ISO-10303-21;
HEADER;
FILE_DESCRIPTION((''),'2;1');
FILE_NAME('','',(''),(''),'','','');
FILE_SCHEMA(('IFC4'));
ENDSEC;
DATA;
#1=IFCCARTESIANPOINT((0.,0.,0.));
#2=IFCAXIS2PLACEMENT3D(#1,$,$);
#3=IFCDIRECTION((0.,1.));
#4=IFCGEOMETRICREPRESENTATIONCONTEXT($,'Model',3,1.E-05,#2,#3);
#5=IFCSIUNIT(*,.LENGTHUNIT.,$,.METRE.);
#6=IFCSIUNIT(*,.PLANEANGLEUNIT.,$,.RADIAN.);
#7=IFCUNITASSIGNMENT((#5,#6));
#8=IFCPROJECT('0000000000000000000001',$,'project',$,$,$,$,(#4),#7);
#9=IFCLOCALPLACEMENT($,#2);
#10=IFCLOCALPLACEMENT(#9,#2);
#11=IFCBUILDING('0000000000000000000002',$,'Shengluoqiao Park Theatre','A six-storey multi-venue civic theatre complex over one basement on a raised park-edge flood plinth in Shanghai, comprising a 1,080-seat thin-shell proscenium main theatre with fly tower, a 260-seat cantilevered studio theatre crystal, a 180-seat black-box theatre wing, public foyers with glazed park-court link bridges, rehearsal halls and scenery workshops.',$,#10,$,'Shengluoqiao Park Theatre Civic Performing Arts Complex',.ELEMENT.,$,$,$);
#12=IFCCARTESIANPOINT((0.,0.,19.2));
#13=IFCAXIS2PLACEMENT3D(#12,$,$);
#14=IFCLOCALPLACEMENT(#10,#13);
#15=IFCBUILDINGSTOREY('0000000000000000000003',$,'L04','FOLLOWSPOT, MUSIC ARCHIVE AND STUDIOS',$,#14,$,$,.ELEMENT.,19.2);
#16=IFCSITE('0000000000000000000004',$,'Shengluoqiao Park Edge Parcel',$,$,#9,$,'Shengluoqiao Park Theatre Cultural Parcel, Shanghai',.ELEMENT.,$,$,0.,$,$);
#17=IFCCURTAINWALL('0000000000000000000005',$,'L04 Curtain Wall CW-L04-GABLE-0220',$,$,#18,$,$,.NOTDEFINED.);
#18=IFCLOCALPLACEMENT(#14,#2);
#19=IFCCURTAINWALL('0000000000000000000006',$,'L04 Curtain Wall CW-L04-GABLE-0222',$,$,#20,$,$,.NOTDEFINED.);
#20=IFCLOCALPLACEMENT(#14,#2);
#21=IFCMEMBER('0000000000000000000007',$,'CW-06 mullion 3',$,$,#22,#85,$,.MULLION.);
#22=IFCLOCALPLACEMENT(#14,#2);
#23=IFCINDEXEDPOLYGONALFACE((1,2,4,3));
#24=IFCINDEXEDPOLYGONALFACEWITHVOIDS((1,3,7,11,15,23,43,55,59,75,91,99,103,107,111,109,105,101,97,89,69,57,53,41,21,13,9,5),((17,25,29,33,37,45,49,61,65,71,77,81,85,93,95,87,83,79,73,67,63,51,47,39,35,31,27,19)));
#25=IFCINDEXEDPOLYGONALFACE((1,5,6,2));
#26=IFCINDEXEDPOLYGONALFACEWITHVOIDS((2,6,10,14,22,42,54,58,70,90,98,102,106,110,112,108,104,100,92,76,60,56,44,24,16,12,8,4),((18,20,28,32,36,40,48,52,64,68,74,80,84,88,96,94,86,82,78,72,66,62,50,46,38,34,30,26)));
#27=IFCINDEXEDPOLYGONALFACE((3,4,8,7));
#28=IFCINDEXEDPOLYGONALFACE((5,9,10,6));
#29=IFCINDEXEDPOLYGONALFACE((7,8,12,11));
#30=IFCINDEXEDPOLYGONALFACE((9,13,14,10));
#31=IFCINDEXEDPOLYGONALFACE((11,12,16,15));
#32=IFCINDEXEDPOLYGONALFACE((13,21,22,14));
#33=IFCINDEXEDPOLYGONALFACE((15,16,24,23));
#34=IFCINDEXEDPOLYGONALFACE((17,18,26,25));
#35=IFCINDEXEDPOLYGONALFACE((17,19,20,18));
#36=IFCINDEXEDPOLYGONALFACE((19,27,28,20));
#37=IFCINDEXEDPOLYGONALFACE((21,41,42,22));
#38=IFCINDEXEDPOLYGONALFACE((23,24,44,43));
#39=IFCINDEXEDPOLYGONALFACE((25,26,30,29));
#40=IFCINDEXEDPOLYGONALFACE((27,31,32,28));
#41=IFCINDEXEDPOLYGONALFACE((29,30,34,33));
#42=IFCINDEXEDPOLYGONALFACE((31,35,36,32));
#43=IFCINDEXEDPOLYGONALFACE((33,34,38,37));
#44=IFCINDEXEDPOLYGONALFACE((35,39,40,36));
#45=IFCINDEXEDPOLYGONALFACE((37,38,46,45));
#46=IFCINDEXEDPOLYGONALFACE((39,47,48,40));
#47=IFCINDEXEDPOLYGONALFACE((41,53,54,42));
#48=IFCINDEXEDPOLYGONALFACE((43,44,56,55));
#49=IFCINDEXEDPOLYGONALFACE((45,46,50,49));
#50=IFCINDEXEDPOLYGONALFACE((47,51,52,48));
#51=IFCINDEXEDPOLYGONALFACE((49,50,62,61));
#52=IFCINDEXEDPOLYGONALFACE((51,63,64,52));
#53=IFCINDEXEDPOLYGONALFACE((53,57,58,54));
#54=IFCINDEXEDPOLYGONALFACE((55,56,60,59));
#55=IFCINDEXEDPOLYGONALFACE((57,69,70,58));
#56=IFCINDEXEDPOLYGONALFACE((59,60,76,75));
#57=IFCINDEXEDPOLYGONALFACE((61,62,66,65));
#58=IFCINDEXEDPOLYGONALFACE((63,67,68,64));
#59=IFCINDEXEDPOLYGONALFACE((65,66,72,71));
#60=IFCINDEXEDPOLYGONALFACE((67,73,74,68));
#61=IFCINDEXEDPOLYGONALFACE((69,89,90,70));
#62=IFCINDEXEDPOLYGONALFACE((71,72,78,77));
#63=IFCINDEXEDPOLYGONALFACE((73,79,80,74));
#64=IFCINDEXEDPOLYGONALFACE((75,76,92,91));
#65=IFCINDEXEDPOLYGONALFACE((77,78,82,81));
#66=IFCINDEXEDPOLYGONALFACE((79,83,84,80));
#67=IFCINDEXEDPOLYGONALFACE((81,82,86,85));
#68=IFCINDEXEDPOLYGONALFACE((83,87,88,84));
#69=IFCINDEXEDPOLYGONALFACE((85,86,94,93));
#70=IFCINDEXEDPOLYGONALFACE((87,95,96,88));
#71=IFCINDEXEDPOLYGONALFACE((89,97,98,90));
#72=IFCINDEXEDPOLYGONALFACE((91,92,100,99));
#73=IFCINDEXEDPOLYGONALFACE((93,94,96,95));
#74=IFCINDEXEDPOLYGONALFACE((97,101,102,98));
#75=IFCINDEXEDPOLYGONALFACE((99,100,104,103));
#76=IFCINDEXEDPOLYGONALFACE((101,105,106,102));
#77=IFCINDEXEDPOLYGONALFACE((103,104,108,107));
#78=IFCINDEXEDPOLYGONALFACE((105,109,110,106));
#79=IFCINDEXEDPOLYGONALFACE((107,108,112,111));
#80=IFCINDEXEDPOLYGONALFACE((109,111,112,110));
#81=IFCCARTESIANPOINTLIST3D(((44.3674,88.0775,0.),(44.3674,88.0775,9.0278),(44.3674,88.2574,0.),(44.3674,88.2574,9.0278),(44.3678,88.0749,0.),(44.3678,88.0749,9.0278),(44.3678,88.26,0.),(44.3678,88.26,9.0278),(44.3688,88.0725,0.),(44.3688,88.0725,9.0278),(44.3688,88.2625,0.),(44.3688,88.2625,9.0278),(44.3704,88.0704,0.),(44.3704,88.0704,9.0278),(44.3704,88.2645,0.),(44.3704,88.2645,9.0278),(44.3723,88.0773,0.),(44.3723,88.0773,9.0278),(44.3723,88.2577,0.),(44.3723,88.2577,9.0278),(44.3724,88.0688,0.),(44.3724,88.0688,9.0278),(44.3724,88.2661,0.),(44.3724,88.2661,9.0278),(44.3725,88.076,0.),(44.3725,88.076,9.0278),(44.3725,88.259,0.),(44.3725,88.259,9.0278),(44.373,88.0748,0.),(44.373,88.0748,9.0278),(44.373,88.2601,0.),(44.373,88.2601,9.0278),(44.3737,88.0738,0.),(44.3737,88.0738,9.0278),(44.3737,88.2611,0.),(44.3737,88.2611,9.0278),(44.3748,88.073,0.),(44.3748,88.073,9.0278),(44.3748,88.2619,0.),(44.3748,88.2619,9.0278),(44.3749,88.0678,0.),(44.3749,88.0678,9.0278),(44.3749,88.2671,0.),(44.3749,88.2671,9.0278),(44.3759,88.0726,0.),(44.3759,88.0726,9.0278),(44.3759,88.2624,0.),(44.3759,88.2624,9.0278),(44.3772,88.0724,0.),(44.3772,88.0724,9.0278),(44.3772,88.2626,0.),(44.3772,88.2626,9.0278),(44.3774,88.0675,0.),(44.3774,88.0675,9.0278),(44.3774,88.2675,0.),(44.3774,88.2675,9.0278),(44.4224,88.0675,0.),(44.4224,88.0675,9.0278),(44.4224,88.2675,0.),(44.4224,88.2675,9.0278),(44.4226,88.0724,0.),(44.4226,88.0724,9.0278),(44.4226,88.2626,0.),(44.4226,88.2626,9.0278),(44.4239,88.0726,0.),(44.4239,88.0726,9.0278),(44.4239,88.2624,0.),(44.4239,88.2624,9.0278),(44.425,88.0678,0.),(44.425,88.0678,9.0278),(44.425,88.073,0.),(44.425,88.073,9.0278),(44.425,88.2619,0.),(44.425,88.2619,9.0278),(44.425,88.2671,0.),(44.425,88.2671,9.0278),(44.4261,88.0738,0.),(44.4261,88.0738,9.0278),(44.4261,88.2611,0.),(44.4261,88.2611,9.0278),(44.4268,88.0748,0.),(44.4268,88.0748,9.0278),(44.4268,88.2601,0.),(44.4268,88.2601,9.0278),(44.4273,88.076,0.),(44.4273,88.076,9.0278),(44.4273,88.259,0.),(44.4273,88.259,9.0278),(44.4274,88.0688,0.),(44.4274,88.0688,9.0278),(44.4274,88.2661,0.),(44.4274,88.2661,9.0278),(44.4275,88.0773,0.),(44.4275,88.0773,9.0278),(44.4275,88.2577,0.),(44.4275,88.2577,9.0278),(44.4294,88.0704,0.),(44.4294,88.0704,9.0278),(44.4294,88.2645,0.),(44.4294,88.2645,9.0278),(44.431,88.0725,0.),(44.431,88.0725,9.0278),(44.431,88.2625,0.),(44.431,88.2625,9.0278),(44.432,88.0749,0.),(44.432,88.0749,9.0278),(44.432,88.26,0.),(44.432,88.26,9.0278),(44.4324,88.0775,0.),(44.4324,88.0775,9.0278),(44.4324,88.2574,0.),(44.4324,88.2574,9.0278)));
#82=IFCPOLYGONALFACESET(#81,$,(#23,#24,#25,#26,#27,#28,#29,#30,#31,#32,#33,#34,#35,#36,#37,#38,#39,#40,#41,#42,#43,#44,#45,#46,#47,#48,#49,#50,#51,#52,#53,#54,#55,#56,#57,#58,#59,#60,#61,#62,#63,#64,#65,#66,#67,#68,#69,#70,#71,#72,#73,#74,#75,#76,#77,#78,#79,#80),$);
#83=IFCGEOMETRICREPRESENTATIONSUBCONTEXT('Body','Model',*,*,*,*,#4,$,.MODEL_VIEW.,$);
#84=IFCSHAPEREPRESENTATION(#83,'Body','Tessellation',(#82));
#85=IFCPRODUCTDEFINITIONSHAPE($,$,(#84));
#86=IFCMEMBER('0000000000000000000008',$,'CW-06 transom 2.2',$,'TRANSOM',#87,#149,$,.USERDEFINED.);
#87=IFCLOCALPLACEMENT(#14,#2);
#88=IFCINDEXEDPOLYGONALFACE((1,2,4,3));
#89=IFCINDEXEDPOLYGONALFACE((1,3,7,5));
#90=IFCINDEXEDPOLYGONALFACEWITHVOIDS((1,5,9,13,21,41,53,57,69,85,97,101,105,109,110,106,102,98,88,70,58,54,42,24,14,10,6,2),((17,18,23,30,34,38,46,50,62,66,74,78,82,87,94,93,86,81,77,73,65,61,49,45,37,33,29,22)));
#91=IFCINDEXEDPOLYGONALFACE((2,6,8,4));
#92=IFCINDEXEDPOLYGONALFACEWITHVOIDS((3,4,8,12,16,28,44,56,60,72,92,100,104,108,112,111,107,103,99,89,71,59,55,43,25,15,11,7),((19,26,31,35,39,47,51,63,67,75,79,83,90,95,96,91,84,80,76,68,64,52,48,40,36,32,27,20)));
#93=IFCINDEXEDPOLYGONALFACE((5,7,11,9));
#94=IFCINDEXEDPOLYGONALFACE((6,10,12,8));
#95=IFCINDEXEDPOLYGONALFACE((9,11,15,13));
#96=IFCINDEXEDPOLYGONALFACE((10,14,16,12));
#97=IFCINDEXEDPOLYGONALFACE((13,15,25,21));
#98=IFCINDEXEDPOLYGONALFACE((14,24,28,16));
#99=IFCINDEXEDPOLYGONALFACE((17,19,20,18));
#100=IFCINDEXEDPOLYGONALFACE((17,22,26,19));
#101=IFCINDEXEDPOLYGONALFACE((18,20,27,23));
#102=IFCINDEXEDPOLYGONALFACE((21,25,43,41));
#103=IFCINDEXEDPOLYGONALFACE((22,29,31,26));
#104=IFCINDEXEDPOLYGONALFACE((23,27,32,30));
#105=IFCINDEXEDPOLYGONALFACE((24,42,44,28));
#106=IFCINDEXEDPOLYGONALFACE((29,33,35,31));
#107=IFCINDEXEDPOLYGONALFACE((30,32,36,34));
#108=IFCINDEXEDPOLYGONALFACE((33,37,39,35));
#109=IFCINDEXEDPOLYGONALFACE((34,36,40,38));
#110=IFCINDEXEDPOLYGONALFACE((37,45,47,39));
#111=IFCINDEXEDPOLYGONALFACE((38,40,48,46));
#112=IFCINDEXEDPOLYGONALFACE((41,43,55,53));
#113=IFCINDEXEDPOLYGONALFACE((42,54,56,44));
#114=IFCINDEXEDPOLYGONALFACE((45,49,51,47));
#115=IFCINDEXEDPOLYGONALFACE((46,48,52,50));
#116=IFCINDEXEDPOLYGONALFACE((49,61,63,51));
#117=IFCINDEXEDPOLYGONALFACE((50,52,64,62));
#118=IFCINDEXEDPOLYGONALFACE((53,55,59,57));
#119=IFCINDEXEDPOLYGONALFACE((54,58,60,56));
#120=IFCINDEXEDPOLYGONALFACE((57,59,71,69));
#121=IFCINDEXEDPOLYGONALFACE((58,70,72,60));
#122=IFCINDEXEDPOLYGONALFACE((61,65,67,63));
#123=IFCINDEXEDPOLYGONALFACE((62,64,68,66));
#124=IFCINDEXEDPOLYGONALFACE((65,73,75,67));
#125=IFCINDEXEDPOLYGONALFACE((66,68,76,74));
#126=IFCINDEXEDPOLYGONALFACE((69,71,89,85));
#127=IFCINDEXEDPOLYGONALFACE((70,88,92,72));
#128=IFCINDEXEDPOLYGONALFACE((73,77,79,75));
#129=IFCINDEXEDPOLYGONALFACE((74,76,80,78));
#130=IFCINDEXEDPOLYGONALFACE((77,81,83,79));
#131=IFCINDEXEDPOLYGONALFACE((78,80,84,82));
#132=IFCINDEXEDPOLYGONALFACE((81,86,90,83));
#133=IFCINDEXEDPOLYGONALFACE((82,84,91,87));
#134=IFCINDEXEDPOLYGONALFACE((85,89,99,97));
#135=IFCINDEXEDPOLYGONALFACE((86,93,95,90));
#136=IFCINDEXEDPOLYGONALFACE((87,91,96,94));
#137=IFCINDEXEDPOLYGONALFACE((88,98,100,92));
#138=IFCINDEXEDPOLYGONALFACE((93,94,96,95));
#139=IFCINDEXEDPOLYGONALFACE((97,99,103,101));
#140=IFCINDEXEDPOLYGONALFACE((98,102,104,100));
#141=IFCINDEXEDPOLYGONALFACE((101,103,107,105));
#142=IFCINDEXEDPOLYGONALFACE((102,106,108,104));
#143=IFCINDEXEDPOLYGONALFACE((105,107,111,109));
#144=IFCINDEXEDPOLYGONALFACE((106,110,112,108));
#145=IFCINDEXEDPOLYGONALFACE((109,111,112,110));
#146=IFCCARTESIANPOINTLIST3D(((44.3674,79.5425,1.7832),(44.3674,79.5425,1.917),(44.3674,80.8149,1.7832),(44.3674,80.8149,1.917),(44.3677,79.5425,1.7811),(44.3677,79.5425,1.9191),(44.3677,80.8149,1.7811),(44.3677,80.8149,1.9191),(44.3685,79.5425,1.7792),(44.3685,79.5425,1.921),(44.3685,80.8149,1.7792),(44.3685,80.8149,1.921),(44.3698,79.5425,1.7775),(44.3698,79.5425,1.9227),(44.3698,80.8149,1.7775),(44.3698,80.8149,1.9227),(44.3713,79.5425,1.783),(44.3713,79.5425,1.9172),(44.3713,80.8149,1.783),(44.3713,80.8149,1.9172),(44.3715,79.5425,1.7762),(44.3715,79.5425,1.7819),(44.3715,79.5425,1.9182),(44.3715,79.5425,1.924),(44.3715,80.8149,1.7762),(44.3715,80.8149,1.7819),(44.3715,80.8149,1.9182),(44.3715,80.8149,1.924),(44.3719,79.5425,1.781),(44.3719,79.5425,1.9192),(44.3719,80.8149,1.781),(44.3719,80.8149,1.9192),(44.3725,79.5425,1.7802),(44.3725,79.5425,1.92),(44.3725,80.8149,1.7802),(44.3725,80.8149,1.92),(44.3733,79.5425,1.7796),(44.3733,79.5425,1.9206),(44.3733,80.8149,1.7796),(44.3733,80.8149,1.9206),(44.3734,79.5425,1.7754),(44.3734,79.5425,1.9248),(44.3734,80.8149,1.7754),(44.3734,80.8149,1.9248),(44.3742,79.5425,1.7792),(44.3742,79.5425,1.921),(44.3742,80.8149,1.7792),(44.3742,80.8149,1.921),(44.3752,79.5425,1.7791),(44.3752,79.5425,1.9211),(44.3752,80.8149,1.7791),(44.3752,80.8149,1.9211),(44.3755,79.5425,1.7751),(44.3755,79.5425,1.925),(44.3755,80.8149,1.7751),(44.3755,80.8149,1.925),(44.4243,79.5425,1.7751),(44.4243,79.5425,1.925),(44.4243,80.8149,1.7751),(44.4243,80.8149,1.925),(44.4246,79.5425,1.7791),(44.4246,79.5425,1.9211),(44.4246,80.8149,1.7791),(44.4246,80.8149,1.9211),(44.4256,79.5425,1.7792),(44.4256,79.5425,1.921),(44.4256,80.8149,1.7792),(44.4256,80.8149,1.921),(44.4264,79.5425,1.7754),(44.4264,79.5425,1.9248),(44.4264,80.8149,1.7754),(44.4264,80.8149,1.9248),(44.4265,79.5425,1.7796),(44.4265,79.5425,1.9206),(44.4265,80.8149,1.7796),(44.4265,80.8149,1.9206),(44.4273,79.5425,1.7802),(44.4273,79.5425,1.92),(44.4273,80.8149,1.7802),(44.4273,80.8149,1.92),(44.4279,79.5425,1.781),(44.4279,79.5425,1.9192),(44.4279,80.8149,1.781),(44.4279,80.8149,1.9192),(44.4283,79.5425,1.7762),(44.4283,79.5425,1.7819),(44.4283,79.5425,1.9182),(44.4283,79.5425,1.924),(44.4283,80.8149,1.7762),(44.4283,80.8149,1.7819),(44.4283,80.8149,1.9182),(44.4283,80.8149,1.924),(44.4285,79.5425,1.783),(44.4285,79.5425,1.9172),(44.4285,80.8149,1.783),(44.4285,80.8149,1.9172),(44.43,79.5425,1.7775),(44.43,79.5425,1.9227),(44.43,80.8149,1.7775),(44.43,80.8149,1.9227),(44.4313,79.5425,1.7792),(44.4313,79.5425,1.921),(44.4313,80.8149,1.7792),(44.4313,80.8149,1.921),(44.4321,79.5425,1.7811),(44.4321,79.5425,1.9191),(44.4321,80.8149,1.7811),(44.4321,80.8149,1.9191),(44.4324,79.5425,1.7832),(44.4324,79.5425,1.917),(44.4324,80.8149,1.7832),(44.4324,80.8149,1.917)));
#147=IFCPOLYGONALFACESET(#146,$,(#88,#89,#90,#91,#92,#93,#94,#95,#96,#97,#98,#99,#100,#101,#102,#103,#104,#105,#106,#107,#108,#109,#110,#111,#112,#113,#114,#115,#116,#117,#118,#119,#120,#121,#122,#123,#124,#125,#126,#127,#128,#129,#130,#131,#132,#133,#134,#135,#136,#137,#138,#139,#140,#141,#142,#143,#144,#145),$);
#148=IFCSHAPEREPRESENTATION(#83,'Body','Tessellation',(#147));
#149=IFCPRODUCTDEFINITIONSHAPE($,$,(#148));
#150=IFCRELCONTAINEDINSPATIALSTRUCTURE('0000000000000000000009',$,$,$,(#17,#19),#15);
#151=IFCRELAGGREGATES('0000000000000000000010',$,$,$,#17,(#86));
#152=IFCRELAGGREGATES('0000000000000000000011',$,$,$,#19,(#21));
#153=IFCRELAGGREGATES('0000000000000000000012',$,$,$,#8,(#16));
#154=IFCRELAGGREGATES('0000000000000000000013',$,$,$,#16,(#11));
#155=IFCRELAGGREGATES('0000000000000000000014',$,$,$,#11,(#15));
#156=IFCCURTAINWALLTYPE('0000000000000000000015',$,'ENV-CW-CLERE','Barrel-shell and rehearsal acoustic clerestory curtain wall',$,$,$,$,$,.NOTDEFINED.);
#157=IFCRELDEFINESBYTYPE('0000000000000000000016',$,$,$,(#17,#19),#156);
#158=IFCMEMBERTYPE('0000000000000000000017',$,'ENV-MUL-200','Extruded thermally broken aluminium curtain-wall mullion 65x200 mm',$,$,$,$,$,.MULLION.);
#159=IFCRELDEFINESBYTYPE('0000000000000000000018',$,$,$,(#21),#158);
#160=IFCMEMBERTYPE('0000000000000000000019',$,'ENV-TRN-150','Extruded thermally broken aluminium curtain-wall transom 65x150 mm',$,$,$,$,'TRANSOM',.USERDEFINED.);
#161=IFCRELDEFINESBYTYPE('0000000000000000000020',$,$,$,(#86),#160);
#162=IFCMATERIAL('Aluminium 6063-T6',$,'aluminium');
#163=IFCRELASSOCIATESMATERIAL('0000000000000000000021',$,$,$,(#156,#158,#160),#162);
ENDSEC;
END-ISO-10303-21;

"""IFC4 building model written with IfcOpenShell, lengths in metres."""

from ifc_helpers import new_model, si_unit, direction, frame, origin, origin_2d, place, context, subcontext, project, spatial, hollow_rectangle, extrude, material, material_profile, profile_set, type_object, element, aggregate, save


model = new_model("IFC4")

# Units and contexts
model_context = context("Model", 3, precision=1e-05, world=origin(), true_north=direction((0.0, 1.0)))
body_context = subcontext(model_context, "Body", "Model", "MODEL_VIEW")
ifc_project = project(units=[si_unit("LENGTHUNIT", "METRE"), si_unit("PLANEANGLEUNIT", "RADIAN")], contexts=[model_context])

# Site, building, storey
site_placement = place(None, origin())
site = spatial("IfcSite", under=ifc_project, at=site_placement, Name="Shengluoqiao Park Edge Parcel", LongName="Shengluoqiao Park Theatre Cultural Parcel, Shanghai", CompositionType="ELEMENT", RefElevation=0.0)
building_placement = place(site_placement, origin())
building = spatial("IfcBuilding", under=site, at=building_placement, Name="Shengluoqiao Park Theatre", Description="A six-storey multi-venue civic theatre complex over one basement on a raised park-edge flood plinth in Shanghai, comprising a 1,080-seat thin-shell proscenium main theatre with fly tower, a 260-seat cantilevered studio theatre crystal, a 180-seat black-box theatre wing, public foyers with glazed park-court link bridges, rehearsal halls and scenery workshops.", LongName="Shengluoqiao Park Theatre Civic Performing Arts Complex", CompositionType="ELEMENT")
storey_placement = place(building_placement, frame((0.0, 0.0, 19.2)))
storey = spatial("IfcBuildingStorey", under=building, at=storey_placement, Name="L04", Description="FOLLOWSPOT, MUSIC ARCHIVE AND STUDIOS", CompositionType="ELEMENT", Elevation=19.2)

# Curtain wall
ifc_material_1 = material(Name="Aluminium 6063-T6", Category="aluminium")
curtain_wall_type = type_object("IfcCurtainWallType", Name="ENV-CW-CLERE", Description="Barrel-shell and rehearsal acoustic clerestory curtain wall", PredefinedType="NOTDEFINED", material=ifc_material_1)
curtain_wall_1_placement = place(storey_placement, origin())
curtain_wall_1 = element("IfcCurtainWall", 1, at=curtain_wall_1_placement, inside=storey, type_object=curtain_wall_type, Name="L04 Curtain Wall CW-L04-GABLE-0220", PredefinedType="NOTDEFINED")
ifc_material_profile_1 = material_profile(ifc_material_1, hollow_rectangle(XDim=0.0649, YDim=0.2, WallThickness=0.0049, InnerFilletRadius=0.0049, OuterFilletRadius=0.01, at=origin_2d()), Name="ALU MULLION 200x65x5")
ifc_profile_set_1 = profile_set([ifc_material_profile_1], Name="Aluminium 6063-T6")
member_type_1 = type_object("IfcMemberType", Name="ENV-MUL-200", Description="Extruded thermally broken aluminium curtain-wall mullion 65x200 mm", PredefinedType="MULLION", material=ifc_profile_set_1)

# Curtain wall, member
curtain_wall_2_placement = place(storey_placement, origin())
curtain_wall_2 = element("IfcCurtainWall", 2, at=curtain_wall_2_placement, inside=storey, type_object=curtain_wall_type, Name="L04 Curtain Wall CW-L04-GABLE-0222", PredefinedType="NOTDEFINED")
member_1_placement = place(storey_placement, frame((44.3999, 88.1675, 0.0), z_axis=(0.0, 0.0, 1.0), x_axis=(-1.0, 0.0, 0.0)))
member_1 = element("IfcMember", 3, at=member_1_placement, type_object=member_type_1, Name="CW-06 mullion 3", PredefinedType="MULLION", context=body_context, shape_type="SweptSolid", body=[
    extrude(hollow_rectangle(XDim=0.0649, YDim=0.2, WallThickness=0.0049, InnerFilletRadius=0.0049, OuterFilletRadius=0.01, at=origin_2d()), origin(), (0.0, 0.0, 1.0), 9.0278),
])

# Member
ifc_material_profile_2 = material_profile(ifc_material_1, hollow_rectangle(XDim=0.0649, YDim=0.1499, WallThickness=0.0039, InnerFilletRadius=0.0039, OuterFilletRadius=0.0081, at=origin_2d()), Name="ALU TRANSOM 150x65x4")
ifc_profile_set_2 = profile_set([ifc_material_profile_2], Name="Aluminium 6063-T6")
member_type_2 = type_object("IfcMemberType", Name="ENV-TRN-150", Description="Extruded thermally broken aluminium curtain-wall transom 65x150 mm", ElementType="TRANSOM", PredefinedType="USERDEFINED", material=ifc_profile_set_2)
member_2_placement = place(storey_placement, frame((44.3999, 79.5425, 1.8501), z_axis=(0.0, 1.0, 0.0), x_axis=(-1.0, 0.0, 0.0)))
member_2 = element("IfcMember", 4, at=member_2_placement, type_object=member_type_2, Name="CW-06 transom 2.2", ObjectType="TRANSOM", PredefinedType="USERDEFINED", context=body_context, shape_type="SweptSolid", body=[
    extrude(hollow_rectangle(XDim=0.0649, YDim=0.1499, WallThickness=0.0039, InnerFilletRadius=0.0039, OuterFilletRadius=0.0081, at=origin_2d()), origin(), (0.0, 0.0, 1.0), 1.2725),
])

aggregate(curtain_wall_1, [member_2])
aggregate(curtain_wall_2, [member_1])

save(model, "model.ifc")
